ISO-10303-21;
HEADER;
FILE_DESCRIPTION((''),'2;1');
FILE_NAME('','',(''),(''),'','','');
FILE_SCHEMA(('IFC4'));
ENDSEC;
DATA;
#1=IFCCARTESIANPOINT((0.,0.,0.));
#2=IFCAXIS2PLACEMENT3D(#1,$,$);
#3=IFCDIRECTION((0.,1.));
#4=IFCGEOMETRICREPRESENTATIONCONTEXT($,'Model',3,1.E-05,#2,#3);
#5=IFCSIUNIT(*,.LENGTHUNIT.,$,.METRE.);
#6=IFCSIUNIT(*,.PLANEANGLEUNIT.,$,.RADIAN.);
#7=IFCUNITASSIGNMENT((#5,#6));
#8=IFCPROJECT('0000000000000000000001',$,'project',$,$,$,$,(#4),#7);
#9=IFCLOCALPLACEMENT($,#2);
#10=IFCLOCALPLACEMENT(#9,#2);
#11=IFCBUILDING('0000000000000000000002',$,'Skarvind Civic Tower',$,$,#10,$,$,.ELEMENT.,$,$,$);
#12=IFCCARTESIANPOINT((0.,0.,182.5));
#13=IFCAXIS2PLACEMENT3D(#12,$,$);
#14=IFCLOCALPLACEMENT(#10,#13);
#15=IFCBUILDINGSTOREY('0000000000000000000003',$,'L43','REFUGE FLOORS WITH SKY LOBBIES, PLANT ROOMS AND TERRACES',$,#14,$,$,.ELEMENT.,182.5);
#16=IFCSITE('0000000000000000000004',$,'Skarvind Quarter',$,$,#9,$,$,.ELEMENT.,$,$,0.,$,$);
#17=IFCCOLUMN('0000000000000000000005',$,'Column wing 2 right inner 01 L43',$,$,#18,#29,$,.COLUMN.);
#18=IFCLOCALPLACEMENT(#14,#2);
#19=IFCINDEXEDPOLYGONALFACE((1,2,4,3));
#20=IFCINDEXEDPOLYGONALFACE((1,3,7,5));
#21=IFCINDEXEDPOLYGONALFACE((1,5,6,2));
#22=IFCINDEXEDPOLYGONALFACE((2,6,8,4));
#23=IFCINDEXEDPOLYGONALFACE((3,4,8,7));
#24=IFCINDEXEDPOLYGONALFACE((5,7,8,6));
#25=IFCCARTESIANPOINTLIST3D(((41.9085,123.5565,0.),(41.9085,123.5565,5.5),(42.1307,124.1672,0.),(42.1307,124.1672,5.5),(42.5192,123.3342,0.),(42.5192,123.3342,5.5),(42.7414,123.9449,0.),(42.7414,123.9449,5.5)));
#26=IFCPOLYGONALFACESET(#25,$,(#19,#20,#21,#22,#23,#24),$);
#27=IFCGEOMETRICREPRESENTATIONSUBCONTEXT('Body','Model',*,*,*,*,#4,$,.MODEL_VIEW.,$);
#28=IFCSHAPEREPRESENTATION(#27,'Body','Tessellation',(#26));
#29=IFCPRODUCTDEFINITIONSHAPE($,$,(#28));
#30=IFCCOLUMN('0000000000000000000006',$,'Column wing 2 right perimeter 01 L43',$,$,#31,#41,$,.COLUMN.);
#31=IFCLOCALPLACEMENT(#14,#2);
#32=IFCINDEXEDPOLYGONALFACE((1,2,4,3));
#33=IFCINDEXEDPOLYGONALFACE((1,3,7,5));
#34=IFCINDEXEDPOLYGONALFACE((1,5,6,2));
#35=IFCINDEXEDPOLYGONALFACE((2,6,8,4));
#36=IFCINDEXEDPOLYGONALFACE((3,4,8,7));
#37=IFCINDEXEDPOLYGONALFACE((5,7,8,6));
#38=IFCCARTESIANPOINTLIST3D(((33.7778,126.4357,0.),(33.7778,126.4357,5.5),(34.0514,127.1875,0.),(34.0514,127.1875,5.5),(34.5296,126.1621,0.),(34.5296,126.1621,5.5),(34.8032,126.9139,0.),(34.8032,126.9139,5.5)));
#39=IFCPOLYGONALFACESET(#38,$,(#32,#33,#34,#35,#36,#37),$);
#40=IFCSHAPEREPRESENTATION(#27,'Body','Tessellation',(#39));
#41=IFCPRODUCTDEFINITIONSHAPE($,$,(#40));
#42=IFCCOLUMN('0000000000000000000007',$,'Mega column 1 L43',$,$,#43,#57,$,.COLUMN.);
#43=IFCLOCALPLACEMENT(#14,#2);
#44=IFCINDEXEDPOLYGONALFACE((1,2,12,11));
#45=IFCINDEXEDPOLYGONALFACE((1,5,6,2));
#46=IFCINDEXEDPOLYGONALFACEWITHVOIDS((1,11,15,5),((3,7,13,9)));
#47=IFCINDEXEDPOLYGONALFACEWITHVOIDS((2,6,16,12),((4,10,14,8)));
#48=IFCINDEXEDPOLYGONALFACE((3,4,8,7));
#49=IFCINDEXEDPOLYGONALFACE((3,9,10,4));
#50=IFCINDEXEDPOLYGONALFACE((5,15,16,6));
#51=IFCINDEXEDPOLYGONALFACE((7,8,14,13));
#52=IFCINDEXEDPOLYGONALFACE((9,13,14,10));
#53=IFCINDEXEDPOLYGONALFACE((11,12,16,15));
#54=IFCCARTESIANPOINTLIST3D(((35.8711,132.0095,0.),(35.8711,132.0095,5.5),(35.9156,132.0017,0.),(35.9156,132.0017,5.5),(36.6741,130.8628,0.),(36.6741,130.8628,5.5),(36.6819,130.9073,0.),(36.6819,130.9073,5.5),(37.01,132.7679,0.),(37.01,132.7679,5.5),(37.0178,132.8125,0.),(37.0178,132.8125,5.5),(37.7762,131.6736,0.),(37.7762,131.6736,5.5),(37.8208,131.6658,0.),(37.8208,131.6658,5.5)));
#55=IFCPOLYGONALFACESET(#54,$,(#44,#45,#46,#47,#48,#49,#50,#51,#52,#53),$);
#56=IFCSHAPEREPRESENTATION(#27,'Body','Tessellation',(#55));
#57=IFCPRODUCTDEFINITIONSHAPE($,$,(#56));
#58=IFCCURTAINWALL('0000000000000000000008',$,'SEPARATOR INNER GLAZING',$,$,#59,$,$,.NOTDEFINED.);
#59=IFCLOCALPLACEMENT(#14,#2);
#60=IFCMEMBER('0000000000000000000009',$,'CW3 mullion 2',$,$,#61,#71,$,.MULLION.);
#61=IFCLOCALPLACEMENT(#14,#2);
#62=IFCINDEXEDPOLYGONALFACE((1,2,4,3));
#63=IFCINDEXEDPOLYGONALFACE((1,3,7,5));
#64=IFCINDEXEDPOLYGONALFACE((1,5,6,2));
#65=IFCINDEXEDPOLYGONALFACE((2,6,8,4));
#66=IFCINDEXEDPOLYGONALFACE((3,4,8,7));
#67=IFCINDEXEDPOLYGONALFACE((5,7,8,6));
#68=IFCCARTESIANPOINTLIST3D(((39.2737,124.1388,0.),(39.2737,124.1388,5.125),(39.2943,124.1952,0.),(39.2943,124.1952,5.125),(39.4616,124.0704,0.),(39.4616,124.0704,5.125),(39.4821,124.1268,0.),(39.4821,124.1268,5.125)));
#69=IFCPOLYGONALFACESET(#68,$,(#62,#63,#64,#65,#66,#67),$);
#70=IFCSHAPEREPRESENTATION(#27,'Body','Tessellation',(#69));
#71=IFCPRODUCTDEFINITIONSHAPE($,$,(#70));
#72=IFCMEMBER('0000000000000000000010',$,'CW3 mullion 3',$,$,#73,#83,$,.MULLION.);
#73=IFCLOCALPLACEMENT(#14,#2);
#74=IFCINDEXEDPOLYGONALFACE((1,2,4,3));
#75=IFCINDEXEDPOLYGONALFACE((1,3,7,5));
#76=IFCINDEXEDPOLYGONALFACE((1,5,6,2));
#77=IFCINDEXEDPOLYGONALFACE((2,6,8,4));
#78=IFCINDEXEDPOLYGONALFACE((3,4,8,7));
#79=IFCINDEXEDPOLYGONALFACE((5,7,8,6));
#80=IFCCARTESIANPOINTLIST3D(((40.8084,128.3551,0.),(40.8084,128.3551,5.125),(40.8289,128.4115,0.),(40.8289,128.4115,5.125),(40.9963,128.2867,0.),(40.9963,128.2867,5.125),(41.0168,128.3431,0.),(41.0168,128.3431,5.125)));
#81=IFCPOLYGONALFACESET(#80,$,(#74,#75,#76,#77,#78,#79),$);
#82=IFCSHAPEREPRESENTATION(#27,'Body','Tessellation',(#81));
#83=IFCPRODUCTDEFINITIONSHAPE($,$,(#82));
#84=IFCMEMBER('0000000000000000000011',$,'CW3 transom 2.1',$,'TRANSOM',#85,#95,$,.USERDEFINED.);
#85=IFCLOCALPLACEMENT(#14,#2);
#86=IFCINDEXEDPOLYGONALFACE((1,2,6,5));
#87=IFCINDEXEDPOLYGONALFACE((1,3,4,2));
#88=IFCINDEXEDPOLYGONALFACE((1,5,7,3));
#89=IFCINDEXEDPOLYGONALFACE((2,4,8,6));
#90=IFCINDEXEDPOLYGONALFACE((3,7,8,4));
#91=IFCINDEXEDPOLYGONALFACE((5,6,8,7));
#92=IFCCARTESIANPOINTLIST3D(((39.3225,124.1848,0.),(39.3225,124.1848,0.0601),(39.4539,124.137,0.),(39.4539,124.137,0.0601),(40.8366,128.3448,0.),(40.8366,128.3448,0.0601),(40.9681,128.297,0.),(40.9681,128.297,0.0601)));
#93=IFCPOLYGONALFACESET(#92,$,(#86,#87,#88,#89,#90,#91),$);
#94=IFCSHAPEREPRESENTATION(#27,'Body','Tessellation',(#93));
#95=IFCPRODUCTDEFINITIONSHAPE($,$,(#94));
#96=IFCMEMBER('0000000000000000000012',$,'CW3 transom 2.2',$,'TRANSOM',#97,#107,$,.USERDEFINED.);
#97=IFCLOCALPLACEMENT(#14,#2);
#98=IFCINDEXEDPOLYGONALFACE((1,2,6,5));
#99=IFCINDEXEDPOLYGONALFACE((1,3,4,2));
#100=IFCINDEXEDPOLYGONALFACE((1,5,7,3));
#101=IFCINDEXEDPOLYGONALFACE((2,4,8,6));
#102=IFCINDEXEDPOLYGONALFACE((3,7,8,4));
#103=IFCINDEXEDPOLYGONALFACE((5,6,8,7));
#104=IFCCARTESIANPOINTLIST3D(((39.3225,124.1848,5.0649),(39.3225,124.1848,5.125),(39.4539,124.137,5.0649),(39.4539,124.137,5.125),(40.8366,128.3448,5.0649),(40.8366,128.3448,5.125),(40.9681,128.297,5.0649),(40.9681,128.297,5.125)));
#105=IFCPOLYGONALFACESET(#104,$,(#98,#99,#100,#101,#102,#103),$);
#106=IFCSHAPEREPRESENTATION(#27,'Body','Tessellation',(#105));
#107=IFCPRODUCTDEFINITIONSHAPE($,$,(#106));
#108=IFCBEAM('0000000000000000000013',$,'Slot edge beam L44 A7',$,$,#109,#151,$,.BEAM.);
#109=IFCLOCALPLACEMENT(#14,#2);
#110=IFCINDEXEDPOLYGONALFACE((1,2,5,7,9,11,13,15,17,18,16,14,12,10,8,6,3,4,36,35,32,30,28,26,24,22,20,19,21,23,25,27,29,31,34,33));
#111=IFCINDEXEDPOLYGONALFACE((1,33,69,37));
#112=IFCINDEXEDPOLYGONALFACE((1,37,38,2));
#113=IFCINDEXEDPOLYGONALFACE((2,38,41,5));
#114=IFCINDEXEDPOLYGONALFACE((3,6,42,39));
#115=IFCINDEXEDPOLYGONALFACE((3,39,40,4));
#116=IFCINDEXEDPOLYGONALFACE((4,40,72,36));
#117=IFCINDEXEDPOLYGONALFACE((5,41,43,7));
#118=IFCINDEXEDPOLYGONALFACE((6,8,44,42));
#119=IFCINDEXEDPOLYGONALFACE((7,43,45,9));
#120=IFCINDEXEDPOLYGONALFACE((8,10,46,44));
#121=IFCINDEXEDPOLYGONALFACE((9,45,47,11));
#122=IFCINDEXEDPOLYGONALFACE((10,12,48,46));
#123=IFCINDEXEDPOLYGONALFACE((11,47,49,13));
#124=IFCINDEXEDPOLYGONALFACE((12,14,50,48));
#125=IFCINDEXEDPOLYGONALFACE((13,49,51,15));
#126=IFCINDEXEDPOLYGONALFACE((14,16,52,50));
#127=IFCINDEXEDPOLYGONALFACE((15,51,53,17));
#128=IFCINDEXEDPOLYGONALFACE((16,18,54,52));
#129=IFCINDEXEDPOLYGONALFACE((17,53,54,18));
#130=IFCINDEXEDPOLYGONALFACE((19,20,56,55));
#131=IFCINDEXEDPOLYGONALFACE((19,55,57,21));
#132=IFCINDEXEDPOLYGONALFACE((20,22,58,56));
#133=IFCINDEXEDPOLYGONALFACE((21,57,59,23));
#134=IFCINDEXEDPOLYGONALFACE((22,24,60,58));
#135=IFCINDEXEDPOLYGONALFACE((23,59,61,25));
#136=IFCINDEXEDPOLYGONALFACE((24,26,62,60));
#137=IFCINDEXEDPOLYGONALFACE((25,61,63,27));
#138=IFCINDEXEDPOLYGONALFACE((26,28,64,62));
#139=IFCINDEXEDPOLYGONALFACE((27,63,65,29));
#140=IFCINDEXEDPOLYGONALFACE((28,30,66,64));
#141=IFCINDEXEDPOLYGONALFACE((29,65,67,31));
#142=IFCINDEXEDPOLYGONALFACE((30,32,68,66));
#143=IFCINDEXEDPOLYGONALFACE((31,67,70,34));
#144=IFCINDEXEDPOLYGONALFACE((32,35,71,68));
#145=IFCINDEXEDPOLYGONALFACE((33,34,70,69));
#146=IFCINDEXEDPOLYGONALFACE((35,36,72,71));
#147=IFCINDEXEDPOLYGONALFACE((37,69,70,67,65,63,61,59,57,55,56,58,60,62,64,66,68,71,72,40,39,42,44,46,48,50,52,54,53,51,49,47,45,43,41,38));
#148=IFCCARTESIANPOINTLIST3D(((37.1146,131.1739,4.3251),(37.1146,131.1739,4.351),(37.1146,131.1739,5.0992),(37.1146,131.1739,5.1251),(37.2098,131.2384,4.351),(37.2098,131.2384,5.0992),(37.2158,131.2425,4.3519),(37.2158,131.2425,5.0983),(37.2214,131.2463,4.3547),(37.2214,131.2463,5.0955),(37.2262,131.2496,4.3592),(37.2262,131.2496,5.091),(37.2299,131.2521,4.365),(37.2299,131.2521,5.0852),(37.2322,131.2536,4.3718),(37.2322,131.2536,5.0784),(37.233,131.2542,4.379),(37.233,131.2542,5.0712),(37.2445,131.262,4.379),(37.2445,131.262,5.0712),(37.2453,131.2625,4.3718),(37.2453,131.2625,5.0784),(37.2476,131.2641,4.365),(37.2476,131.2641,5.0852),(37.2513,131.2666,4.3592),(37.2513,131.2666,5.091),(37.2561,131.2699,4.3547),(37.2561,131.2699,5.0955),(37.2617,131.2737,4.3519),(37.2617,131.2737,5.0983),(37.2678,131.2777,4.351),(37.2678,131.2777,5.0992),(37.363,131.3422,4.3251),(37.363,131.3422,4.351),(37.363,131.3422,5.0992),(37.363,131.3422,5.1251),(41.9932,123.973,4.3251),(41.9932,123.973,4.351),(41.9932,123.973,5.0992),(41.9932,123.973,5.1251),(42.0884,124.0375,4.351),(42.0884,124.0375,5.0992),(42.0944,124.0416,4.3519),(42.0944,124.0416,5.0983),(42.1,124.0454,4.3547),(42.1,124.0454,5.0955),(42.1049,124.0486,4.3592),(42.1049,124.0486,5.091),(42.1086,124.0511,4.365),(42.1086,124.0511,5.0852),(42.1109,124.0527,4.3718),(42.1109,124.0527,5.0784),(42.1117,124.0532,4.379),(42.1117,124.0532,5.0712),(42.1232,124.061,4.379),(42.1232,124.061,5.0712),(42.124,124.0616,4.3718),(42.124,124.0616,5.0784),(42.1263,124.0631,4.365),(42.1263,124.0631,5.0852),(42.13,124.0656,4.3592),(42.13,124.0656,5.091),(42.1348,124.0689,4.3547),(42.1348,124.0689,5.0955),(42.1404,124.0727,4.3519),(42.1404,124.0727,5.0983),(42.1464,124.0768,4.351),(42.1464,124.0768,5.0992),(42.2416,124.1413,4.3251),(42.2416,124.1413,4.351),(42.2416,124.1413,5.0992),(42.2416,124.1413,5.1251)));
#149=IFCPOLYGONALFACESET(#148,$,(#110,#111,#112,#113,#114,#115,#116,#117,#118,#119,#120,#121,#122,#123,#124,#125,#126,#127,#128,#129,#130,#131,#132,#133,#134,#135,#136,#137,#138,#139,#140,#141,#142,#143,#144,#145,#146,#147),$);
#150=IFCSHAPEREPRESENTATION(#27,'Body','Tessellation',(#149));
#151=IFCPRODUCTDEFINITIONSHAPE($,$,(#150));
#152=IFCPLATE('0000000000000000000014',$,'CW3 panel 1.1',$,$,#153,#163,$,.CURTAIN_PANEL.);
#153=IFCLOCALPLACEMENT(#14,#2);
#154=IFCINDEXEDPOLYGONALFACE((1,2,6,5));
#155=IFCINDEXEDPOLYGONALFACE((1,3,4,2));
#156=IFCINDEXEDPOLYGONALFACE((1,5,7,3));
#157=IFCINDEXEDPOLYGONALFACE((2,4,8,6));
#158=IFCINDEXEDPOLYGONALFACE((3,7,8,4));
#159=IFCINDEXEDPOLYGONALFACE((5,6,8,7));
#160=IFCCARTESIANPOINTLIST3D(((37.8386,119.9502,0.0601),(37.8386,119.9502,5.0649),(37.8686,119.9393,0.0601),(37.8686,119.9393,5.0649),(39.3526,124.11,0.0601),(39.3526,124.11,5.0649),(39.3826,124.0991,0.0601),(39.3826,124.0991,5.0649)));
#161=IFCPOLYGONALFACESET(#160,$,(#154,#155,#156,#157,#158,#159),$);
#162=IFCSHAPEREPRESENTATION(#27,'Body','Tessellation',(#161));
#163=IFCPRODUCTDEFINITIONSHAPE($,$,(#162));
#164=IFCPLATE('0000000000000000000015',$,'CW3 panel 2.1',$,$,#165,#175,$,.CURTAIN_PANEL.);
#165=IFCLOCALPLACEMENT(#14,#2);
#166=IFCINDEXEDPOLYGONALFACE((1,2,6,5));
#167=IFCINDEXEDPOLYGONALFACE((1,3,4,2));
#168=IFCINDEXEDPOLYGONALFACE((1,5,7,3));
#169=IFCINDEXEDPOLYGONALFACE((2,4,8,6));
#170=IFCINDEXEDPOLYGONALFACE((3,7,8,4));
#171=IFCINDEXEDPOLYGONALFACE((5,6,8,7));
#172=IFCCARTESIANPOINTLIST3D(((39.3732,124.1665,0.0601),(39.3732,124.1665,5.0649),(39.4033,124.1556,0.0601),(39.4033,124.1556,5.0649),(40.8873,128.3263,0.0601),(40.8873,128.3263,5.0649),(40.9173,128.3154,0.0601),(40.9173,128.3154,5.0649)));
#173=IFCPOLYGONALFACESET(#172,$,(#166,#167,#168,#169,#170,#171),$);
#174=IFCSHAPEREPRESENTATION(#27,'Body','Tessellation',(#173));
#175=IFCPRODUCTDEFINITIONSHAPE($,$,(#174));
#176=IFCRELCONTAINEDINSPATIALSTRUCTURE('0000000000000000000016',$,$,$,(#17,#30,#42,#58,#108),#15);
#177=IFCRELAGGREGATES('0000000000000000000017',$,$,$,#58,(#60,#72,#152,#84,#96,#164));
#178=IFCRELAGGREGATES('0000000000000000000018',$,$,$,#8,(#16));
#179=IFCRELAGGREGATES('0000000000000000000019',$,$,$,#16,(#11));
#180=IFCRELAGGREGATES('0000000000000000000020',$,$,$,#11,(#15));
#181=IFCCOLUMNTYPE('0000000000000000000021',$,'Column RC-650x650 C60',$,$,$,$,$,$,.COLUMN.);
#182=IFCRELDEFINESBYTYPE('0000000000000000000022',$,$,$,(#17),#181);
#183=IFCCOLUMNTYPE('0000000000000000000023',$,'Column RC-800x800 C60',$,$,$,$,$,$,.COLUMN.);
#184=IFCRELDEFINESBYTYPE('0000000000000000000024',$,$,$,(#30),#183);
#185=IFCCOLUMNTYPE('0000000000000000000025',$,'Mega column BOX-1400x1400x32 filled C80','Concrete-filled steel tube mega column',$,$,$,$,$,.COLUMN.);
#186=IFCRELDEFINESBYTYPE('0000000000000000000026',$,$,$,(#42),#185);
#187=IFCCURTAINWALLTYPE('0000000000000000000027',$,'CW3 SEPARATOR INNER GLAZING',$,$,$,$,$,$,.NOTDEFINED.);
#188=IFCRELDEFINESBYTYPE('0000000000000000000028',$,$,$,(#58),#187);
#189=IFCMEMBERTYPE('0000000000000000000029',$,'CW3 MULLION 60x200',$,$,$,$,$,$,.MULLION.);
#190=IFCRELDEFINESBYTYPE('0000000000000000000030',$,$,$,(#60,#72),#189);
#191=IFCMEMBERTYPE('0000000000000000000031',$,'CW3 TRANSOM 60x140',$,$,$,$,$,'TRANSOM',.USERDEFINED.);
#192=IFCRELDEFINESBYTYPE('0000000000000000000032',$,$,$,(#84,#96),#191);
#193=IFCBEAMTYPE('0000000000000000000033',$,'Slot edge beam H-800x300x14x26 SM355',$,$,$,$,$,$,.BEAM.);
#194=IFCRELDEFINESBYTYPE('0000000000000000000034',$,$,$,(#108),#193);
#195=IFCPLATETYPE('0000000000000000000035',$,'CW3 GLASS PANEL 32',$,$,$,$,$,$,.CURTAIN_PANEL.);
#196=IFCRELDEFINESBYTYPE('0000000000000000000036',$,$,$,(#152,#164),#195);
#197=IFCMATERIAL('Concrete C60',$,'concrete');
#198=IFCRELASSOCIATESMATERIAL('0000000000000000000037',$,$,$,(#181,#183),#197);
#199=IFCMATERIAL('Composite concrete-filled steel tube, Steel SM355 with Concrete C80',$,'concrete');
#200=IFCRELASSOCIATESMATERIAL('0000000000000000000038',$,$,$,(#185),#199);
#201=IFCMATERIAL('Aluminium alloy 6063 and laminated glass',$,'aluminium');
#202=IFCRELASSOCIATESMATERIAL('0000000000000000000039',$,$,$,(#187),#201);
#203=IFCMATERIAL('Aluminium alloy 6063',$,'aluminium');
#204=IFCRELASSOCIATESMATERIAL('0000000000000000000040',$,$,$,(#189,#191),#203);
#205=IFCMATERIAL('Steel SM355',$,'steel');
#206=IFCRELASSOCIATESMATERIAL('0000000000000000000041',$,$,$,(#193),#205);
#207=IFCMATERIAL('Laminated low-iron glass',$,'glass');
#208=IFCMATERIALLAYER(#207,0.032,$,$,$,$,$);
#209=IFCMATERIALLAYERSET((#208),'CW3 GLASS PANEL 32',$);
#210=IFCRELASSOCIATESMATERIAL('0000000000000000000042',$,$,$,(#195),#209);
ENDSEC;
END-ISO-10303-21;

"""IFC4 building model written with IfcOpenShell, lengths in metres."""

from ifc_helpers import new_model, si_unit, direction, frame, origin, origin_2d, place, context, subcontext, project, spatial, rectangle, hollow_rectangle, i_section, extrude, material, layer, layer_set, material_profile, profile_set, type_object, element, aggregate, save


model = new_model("IFC4")

# Units and contexts
model_context = context("Model", 3, precision=1e-05, world=origin(), true_north=direction((0.0, 1.0)))
body_context = subcontext(model_context, "Body", "Model", "MODEL_VIEW")
ifc_project = project(units=[si_unit("LENGTHUNIT", "METRE"), si_unit("PLANEANGLEUNIT", "RADIAN")], contexts=[model_context])

# Site, building, storey
site_placement = place(None, origin())
site = spatial("IfcSite", under=ifc_project, at=site_placement, Name="Skarvind Quarter", CompositionType="ELEMENT", RefElevation=0.0)
building_placement = place(site_placement, origin())
building = spatial("IfcBuilding", under=site, at=building_placement, Name="Skarvind Civic Tower", CompositionType="ELEMENT")
storey_placement = place(building_placement, frame((0.0, 0.0, 182.5)))
storey = spatial("IfcBuildingStorey", under=building, at=storey_placement, Name="L43", Description="REFUGE FLOORS WITH SKY LOBBIES, PLANT ROOMS AND TERRACES", CompositionType="ELEMENT", Elevation=182.5)

# Columns
ifc_material_1 = material(Name="Concrete C60", Category="concrete")
ifc_material_profile_1 = material_profile(ifc_material_1, rectangle(XDim=0.6499, YDim=0.6499, at=origin_2d()), Name="RC-650x650")
ifc_profile_set_1 = profile_set([ifc_material_profile_1], Name="Concrete C60")
column_type_1 = type_object("IfcColumnType", Name="Column RC-650x650 C60", PredefinedType="COLUMN", material=ifc_profile_set_1)
column_1_placement = place(storey_placement, frame((42.325, 123.7507, 0.0), z_axis=(0.0, 0.0, 1.0), x_axis=(-0.34202, -0.939693, 0.0)))
element("IfcColumn", 1, at=column_1_placement, inside=storey, type_object=column_type_1, Name="Column wing 2 right inner 01 L43", PredefinedType="COLUMN", context=body_context, shape_type="SweptSolid", body=[
    extrude(rectangle(XDim=0.6499, YDim=0.6499, at=origin_2d()), origin(), (0.0, 0.0, 1.0), 5.5),
])
ifc_material_profile_2 = material_profile(ifc_material_1, rectangle(XDim=0.8, YDim=0.8, at=origin_2d()), Name="RC-800x800")
ifc_profile_set_2 = profile_set([ifc_material_profile_2], Name="Concrete C60")
column_type_2 = type_object("IfcColumnType", Name="Column RC-800x800 C60", PredefinedType="COLUMN", material=ifc_profile_set_2)
column_2_placement = place(storey_placement, frame((34.2905, 126.6748, 0.0), z_axis=(0.0, 0.0, 1.0), x_axis=(-0.34202, -0.939693, 0.0)))
element("IfcColumn", 2, at=column_2_placement, inside=storey, type_object=column_type_2, Name="Column wing 2 right perimeter 01 L43", PredefinedType="COLUMN", context=body_context, shape_type="SweptSolid", body=[
    extrude(rectangle(XDim=0.8, YDim=0.8, at=origin_2d()), origin(), (0.0, 0.0, 1.0), 5.5),
])
ifc_material_2 = material(Name="Composite concrete-filled steel tube, Steel SM355 with Concrete C80", Category="concrete")
ifc_material_profile_3 = material_profile(ifc_material_2, hollow_rectangle(XDim=1.3999, YDim=1.3999, WallThickness=0.032, at=origin_2d()), Name="BOX-1400x1400x32")
ifc_profile_set_3 = profile_set([ifc_material_profile_3], Name="Composite concrete-filled steel tube, Steel SM355 with Concrete C80")
column_type_3 = type_object("IfcColumnType", Name="Mega column BOX-1400x1400x32 filled C80", Description="Concrete-filled steel tube mega column", PredefinedType="COLUMN", material=ifc_profile_set_3)
column_3_placement = place(storey_placement, frame((36.8459, 131.8376, 0.0), z_axis=(0.0, 0.0, 1.0), x_axis=(0.573576, -0.819152, 0.0)))
element("IfcColumn", 3, at=column_3_placement, inside=storey, type_object=column_type_3, Name="Mega column 1 L43", PredefinedType="COLUMN", context=body_context, shape_type="SweptSolid", body=[
    extrude(hollow_rectangle(XDim=1.3999, YDim=1.3999, WallThickness=0.032, at=origin_2d()), origin(), (0.0, 0.0, 1.0), 5.5),
])

# Curtain wall, members
ifc_material_3 = material(Name="Aluminium alloy 6063 and laminated glass", Category="aluminium")
curtain_wall_type = type_object("IfcCurtainWallType", Name="CW3 SEPARATOR INNER GLAZING", PredefinedType="NOTDEFINED", material=ifc_material_3)
curtain_wall_placement = place(storey_placement, origin())
curtain_wall = element("IfcCurtainWall", 4, at=curtain_wall_placement, inside=storey, type_object=curtain_wall_type, Name="SEPARATOR INNER GLAZING", PredefinedType="NOTDEFINED")
ifc_material_4 = material(Name="Aluminium alloy 6063", Category="aluminium")
ifc_material_profile_4 = material_profile(ifc_material_4, rectangle(XDim=0.2, YDim=0.0601, at=origin_2d()), Name="AL 60x200")
ifc_profile_set_4 = profile_set([ifc_material_profile_4], Name="Aluminium alloy 6063")
member_type_1 = type_object("IfcMemberType", Name="CW3 MULLION 60x200", PredefinedType="MULLION", material=ifc_profile_set_4)
member_1_placement = place(storey_placement, frame((39.3779, 124.1328, 0.0), z_axis=(0.0, 0.0, 1.0), x_axis=(-0.939693, 0.342019, 0.0)))
member_1 = element("IfcMember", 5, at=member_1_placement, type_object=member_type_1, Name="CW3 mullion 2", PredefinedType="MULLION", context=body_context, shape_type="SweptSolid", body=[
    extrude(rectangle(XDim=0.2, YDim=0.0601, at=origin_2d()), origin(), (0.0, 0.0, 1.0), 5.125),
])
member_2_placement = place(storey_placement, frame((40.9126, 128.3491, 0.0), z_axis=(0.0, 0.0, 1.0), x_axis=(-0.939693, 0.342019, 0.0)))
member_2 = element("IfcMember", 6, at=member_2_placement, type_object=member_type_1, Name="CW3 mullion 3", PredefinedType="MULLION", context=body_context, shape_type="SweptSolid", body=[
    extrude(rectangle(XDim=0.2, YDim=0.0601, at=origin_2d()), origin(), (0.0, 0.0, 1.0), 5.125),
])
ifc_material_profile_5 = material_profile(ifc_material_4, rectangle(XDim=0.1399, YDim=0.0601, at=origin_2d()), Name="AL 60x140")
ifc_profile_set_5 = profile_set([ifc_material_profile_5], Name="Aluminium alloy 6063")
member_type_2 = type_object("IfcMemberType", Name="CW3 TRANSOM 60x140", ElementType="TRANSOM", PredefinedType="USERDEFINED", material=ifc_profile_set_5)
member_3_placement = place(storey_placement, frame((39.3882, 124.1609, 0.03), z_axis=(0.342035, 0.939687, 0.0), x_axis=(-0.939687, 0.342035, 0.0)))
member_3 = element("IfcMember", 7, at=member_3_placement, type_object=member_type_2, Name="CW3 transom 2.1", ObjectType="TRANSOM", PredefinedType="USERDEFINED", context=body_context, shape_type="SweptSolid", body=[
    extrude(rectangle(XDim=0.1399, YDim=0.0601, at=origin_2d()), origin(), (0.0, 0.0, 1.0), 4.427),
])
member_4_placement = place(storey_placement, frame((39.3882, 124.1609, 5.095), z_axis=(0.342035, 0.939687, 0.0), x_axis=(-0.939687, 0.342035, 0.0)))
member_4 = element("IfcMember", 8, at=member_4_placement, type_object=member_type_2, Name="CW3 transom 2.2", ObjectType="TRANSOM", PredefinedType="USERDEFINED", context=body_context, shape_type="SweptSolid", body=[
    extrude(rectangle(XDim=0.1399, YDim=0.0601, at=origin_2d()), origin(), (0.0, 0.0, 1.0), 4.427),
])

# Beam
ifc_material_5 = material(Name="Steel SM355", Category="steel")
ifc_material_profile_6 = material_profile(ifc_material_5, i_section(OverallWidth=0.3, OverallDepth=0.8, WebThickness=0.0139, FlangeThickness=0.0259, FilletRadius=0.0281, at=origin_2d()), Name="H-800x300x14x26")
ifc_profile_set_6 = profile_set([ifc_material_profile_6], Name="Steel SM355")
beam_type = type_object("IfcBeamType", Name="Slot edge beam H-800x300x14x26 SM355", PredefinedType="BEAM", material=ifc_profile_set_6)
beam_placement = place(storey_placement, frame((42.1174, 124.0571, 4.7251), z_axis=(-0.560897, 0.827886, 0.0), x_axis=(-0.827886, -0.560897, 0.0)))
element("IfcBeam", 9, at=beam_placement, inside=storey, type_object=beam_type, Name="Slot edge beam L44 A7", PredefinedType="BEAM", context=body_context, shape_type="SweptSolid", body=[
    extrude(i_section(OverallWidth=0.3, OverallDepth=0.8, WebThickness=0.0139, FlangeThickness=0.0259, FilletRadius=0.0281, at=origin_2d()), origin(), (0.0, 0.0, 1.0), 8.698),
])

# Plates
ifc_material_6 = material(Name="Laminated low-iron glass", Category="glass")
ifc_layer_1 = layer(ifc_material_6, 0.032)
ifc_layer_set_1 = layer_set([ifc_layer_1], Name="CW3 GLASS PANEL 32")
plate_type = type_object("IfcPlateType", Name="CW3 GLASS PANEL 32", PredefinedType="CURTAIN_PANEL", material=ifc_layer_set_1)
plate_1_placement = place(storey_placement, frame((38.6106, 122.0247, 0.0601), z_axis=(0.0, 0.0, 1.0), x_axis=(0.342019, 0.939693, 0.0)))
plate_1 = element("IfcPlate", 10, at=plate_1_placement, type_object=plate_type, Name="CW3 panel 1.1", PredefinedType="CURTAIN_PANEL", context=body_context, shape_type="SweptSolid", body=[
    extrude(rectangle(XDim=4.4268, YDim=0.032, at=origin_2d()), origin(), (0.0, 0.0, 1.0), 5.0049),
])
plate_2_placement = place(storey_placement, frame((40.1453, 126.241, 0.0601), z_axis=(0.0, 0.0, 1.0), x_axis=(0.342019, 0.939693, 0.0)))
plate_2 = element("IfcPlate", 11, at=plate_2_placement, type_object=plate_type, Name="CW3 panel 2.1", PredefinedType="CURTAIN_PANEL", context=body_context, shape_type="SweptSolid", body=[
    extrude(rectangle(XDim=4.4268, YDim=0.032, at=origin_2d()), origin(), (0.0, 0.0, 1.0), 5.0049),
])
aggregate(curtain_wall, [member_1, member_2, plate_1, member_3, member_4, plate_2])

save(model, "model.ifc")
